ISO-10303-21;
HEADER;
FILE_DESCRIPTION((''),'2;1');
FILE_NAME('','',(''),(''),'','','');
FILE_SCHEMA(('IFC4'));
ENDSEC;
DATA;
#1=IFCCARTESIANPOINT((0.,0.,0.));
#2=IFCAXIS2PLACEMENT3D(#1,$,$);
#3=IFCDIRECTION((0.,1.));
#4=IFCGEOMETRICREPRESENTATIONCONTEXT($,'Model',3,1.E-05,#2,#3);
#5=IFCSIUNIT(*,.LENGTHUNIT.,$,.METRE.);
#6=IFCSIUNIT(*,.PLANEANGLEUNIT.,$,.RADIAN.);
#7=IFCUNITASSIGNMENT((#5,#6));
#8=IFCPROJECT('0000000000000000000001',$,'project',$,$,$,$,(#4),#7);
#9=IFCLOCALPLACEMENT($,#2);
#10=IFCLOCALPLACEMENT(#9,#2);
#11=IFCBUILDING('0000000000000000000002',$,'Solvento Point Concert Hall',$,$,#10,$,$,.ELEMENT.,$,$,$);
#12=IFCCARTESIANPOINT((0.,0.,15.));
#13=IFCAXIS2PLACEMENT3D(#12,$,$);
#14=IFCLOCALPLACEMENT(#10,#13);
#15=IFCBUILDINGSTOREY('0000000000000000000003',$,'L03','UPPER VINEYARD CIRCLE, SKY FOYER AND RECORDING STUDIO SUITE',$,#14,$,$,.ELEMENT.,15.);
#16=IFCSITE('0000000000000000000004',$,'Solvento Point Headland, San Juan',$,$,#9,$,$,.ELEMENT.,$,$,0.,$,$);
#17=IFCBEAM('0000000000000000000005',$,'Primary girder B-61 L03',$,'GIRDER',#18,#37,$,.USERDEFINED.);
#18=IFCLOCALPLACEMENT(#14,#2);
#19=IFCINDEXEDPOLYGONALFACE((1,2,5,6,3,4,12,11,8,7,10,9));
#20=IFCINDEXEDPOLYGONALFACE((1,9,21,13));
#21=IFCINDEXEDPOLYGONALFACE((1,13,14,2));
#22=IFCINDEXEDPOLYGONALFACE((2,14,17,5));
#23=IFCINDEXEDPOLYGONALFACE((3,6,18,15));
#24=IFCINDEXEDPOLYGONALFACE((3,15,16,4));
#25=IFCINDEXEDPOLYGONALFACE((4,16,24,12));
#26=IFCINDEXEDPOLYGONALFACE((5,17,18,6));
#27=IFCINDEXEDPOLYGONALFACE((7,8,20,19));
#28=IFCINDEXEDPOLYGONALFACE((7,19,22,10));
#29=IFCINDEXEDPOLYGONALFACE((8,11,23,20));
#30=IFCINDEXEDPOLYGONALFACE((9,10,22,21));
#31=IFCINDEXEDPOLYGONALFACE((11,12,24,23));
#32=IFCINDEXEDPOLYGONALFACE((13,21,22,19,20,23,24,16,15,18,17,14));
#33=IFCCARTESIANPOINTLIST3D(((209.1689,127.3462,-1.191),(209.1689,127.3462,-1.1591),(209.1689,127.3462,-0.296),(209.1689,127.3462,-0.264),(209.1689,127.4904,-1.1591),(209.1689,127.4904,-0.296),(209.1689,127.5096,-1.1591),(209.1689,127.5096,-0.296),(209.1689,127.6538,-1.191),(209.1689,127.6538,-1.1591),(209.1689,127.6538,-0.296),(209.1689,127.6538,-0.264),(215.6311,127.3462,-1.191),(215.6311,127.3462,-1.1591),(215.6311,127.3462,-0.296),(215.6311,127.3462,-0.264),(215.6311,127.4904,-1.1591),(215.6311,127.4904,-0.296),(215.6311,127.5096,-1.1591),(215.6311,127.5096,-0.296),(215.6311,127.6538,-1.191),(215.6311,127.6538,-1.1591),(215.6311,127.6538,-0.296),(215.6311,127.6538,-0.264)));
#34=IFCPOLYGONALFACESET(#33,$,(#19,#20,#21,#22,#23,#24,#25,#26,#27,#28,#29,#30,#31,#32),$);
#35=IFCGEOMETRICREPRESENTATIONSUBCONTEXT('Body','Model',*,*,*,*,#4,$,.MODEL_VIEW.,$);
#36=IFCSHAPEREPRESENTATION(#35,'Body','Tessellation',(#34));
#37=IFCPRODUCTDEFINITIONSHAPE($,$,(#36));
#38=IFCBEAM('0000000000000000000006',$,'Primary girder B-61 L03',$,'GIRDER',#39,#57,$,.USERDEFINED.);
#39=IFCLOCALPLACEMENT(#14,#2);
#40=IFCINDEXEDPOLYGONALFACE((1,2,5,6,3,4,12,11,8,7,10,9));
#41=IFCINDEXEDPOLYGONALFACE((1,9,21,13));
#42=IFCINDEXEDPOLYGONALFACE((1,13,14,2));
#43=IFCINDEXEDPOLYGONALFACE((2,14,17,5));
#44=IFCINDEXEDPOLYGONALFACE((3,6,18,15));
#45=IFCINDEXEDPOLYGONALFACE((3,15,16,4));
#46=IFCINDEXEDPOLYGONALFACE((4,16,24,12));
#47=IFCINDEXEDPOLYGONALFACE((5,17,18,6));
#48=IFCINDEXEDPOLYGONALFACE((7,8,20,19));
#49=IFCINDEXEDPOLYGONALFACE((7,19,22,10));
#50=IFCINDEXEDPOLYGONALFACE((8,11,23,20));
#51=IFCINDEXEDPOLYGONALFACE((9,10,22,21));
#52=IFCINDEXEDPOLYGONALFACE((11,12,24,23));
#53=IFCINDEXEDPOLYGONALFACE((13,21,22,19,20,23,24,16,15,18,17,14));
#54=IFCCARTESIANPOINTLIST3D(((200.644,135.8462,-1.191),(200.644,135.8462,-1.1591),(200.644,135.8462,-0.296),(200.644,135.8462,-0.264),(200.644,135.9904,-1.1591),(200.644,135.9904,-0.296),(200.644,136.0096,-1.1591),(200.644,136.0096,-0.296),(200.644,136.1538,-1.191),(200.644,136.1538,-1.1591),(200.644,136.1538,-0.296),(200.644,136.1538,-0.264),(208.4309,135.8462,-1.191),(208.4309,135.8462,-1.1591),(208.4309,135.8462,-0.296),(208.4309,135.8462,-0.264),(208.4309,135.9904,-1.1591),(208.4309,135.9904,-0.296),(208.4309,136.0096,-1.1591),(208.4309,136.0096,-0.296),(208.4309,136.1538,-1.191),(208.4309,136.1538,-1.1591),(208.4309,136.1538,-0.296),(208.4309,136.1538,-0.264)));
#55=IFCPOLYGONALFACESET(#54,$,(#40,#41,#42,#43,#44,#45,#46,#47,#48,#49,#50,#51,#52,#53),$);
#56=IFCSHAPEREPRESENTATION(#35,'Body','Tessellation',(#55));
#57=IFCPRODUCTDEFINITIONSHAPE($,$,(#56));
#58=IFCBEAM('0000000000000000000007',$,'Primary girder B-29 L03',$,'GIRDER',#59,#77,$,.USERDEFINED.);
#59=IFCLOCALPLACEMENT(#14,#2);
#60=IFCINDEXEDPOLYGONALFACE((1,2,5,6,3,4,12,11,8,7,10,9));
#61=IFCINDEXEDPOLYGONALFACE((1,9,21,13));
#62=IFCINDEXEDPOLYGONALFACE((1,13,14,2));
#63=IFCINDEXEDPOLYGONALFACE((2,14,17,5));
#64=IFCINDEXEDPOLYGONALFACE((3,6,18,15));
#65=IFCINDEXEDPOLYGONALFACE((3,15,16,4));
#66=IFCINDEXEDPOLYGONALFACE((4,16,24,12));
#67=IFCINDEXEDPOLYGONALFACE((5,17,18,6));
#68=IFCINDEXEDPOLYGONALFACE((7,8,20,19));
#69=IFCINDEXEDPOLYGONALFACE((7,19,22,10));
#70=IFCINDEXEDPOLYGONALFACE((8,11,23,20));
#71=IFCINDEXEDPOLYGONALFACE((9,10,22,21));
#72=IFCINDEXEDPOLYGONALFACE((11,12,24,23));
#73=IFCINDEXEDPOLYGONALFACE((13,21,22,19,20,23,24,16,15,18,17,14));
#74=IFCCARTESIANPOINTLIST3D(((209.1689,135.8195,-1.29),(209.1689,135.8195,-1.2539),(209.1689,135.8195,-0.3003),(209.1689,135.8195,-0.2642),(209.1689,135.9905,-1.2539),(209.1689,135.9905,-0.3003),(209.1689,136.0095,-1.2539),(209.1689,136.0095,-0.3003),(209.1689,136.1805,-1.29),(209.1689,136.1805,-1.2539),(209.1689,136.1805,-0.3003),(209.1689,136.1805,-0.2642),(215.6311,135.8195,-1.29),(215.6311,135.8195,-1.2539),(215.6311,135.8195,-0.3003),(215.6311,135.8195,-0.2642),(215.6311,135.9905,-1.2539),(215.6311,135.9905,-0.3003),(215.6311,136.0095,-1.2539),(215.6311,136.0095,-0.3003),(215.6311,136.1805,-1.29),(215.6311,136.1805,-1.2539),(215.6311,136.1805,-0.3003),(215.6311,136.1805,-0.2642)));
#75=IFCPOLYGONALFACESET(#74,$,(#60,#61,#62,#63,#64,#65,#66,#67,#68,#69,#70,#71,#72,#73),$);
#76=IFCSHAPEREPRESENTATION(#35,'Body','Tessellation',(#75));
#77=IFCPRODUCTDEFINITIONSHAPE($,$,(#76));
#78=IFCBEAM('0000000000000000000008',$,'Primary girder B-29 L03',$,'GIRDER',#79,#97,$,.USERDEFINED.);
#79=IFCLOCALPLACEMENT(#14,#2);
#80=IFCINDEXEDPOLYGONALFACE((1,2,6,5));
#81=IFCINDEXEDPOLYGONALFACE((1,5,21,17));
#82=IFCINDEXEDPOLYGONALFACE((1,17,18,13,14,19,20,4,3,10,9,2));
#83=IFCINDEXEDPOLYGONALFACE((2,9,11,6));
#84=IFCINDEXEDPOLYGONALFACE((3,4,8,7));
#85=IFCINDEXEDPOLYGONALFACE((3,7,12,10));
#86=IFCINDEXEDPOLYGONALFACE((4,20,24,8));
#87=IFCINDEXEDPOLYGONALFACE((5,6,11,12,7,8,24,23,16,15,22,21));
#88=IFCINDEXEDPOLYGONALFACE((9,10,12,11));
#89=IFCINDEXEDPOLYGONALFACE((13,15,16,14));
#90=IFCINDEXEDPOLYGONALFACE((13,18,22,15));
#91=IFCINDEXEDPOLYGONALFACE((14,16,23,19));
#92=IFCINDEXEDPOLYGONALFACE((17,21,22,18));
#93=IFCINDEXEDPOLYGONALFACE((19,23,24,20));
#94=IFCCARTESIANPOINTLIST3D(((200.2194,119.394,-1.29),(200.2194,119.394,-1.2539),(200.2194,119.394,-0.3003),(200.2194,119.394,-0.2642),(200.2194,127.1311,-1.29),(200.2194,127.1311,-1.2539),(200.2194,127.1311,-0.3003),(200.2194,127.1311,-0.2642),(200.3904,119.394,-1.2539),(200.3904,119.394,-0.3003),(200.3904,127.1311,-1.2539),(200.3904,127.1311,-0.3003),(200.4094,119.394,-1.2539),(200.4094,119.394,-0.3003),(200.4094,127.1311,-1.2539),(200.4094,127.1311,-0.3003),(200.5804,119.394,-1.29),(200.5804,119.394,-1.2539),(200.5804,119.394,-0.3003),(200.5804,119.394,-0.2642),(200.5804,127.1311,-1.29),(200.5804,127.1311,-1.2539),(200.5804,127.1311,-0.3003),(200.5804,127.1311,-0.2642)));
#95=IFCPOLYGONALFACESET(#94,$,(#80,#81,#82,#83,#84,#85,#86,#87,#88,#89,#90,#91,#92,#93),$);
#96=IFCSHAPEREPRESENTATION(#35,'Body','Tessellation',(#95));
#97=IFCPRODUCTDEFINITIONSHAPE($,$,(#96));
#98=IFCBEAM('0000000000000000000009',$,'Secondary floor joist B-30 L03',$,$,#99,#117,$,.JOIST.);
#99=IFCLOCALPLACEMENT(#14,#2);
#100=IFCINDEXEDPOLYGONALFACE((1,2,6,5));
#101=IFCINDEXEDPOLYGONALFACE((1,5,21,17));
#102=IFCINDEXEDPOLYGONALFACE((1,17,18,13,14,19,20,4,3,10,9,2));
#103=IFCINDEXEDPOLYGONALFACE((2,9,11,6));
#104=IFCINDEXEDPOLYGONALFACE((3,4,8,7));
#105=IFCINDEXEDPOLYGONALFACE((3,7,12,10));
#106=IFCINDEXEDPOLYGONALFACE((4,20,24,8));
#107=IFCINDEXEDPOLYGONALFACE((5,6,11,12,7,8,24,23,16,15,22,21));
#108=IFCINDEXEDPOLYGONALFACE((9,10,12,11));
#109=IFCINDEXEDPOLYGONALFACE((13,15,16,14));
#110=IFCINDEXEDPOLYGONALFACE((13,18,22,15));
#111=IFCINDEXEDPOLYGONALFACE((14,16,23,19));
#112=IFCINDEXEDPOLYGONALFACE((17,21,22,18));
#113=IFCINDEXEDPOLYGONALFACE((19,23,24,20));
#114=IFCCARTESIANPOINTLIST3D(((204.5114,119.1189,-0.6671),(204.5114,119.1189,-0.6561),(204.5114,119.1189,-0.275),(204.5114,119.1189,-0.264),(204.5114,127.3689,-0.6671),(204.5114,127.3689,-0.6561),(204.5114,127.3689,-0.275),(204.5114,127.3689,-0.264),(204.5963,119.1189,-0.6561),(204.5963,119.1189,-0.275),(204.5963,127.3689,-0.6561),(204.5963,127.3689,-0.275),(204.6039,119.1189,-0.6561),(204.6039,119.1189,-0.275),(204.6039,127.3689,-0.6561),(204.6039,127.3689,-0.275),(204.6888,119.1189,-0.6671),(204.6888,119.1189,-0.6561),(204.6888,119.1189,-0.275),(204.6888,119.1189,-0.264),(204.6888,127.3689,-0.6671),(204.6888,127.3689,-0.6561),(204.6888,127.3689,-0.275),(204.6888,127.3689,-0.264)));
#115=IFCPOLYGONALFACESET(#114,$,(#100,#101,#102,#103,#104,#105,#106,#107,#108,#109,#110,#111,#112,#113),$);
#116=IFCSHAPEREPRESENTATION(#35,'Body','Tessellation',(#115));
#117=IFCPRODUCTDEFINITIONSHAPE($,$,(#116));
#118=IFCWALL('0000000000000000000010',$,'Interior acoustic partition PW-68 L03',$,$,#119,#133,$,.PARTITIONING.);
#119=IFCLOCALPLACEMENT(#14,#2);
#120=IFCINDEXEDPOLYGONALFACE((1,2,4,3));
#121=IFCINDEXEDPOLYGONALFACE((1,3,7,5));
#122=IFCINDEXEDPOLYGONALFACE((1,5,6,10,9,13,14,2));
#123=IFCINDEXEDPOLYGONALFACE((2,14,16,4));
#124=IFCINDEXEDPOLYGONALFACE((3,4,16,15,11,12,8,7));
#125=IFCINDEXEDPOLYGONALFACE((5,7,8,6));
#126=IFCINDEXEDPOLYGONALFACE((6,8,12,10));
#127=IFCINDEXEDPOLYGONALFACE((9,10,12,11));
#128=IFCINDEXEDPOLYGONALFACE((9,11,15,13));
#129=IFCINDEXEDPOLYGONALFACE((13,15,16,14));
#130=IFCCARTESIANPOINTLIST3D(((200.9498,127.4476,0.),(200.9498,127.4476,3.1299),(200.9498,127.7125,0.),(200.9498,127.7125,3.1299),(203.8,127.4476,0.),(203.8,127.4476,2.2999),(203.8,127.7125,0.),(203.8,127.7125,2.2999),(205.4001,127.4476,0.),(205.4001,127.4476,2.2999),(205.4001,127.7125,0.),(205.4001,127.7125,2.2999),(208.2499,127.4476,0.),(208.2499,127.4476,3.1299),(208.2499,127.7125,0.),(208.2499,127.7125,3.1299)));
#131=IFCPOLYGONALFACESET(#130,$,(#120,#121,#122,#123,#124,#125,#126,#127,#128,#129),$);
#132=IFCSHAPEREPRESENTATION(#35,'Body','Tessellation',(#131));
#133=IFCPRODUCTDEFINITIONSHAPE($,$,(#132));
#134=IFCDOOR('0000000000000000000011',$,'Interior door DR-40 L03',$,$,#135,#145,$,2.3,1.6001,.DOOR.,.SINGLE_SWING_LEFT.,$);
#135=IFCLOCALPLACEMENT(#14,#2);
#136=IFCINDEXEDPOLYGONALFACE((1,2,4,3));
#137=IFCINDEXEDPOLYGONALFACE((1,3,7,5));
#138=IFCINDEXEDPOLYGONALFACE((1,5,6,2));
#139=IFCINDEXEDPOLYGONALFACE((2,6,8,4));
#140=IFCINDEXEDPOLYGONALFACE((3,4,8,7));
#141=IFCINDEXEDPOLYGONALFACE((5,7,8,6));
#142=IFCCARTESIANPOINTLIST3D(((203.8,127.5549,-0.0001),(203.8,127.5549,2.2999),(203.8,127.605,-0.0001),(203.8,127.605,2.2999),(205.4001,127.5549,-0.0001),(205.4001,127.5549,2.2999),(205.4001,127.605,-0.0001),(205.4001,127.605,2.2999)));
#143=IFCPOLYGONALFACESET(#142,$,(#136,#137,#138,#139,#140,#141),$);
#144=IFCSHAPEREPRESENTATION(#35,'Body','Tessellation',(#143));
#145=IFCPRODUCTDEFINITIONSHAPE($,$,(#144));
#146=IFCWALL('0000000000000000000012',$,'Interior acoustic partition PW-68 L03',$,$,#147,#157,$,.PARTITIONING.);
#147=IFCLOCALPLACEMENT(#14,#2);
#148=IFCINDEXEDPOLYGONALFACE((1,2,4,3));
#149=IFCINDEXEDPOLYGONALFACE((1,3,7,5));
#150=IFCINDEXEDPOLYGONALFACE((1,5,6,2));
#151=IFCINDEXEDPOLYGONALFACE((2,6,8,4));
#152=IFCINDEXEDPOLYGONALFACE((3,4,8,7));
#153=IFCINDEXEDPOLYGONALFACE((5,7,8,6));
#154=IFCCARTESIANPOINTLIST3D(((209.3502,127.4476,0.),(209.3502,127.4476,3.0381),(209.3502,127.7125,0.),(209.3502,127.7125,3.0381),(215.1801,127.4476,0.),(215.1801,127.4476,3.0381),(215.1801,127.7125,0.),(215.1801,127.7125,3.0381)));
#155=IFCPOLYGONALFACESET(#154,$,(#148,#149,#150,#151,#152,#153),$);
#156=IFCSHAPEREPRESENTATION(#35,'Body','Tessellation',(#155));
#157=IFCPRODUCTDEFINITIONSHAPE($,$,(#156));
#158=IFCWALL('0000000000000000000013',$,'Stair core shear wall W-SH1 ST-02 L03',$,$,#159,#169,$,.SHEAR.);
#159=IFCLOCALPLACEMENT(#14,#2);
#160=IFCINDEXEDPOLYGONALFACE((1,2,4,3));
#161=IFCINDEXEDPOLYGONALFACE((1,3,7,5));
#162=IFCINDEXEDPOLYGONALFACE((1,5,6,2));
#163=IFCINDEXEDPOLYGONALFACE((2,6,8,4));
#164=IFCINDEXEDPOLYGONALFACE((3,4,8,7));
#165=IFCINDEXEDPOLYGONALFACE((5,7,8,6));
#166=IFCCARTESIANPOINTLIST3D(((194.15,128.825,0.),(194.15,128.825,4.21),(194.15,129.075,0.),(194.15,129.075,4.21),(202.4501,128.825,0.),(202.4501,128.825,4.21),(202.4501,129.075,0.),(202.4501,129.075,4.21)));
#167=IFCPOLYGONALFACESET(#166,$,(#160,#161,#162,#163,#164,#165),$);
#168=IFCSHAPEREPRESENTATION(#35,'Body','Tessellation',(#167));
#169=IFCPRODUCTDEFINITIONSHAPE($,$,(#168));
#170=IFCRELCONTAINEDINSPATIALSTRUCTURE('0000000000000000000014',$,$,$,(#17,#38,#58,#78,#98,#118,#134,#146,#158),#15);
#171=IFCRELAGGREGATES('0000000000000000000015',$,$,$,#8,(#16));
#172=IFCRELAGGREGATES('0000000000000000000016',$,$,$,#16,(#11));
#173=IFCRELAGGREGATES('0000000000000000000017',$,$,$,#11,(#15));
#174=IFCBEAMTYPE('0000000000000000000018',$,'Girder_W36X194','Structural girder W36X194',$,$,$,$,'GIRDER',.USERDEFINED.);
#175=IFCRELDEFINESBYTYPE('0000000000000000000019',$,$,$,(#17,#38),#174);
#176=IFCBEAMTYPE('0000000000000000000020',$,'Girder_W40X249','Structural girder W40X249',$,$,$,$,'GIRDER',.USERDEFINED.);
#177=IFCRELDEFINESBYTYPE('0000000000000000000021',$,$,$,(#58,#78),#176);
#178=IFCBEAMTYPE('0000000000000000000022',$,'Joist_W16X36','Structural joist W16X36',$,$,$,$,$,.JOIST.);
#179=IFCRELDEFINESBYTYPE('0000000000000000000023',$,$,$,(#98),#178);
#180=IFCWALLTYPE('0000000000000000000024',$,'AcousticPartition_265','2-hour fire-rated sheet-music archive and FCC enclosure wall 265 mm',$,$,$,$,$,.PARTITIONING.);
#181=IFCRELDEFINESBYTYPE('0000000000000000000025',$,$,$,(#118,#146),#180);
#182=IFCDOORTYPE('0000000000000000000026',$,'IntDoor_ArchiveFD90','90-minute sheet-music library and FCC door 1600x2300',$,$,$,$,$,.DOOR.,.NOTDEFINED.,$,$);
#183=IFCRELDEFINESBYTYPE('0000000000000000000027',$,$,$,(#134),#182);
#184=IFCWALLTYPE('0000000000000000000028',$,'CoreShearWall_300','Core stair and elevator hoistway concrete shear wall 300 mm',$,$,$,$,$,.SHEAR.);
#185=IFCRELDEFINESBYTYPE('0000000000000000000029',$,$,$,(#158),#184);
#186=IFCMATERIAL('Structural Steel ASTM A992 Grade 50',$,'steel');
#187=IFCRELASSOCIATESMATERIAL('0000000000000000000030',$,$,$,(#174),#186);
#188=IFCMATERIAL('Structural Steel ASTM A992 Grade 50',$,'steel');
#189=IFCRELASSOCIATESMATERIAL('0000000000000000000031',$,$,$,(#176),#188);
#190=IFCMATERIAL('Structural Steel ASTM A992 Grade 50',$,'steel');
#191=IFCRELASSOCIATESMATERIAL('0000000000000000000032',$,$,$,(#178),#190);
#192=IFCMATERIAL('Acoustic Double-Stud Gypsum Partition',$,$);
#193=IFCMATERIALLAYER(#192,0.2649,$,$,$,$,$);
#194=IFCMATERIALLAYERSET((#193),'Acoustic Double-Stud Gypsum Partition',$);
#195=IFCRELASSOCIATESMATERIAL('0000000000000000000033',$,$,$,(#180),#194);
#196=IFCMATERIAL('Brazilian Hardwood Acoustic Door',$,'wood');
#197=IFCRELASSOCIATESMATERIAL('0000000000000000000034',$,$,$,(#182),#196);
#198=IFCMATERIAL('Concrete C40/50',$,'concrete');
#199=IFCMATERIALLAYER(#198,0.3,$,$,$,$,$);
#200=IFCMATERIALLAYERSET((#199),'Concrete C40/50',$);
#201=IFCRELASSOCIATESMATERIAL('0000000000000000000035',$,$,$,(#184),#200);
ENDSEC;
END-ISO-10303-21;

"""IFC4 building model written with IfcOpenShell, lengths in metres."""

from ifc_helpers import new_model, si_unit, direction, frame, frame_2d, origin, origin_2d, place, context, subcontext, project, spatial, rectangle, i_section, extrude, material, layer, layer_set, material_profile, profile_set, type_object, element, fill, save


model = new_model("IFC4")

# Units and contexts
model_context = context("Model", 3, precision=1e-05, world=origin(), true_north=direction((0.0, 1.0)))
body_context = subcontext(model_context, "Body", "Model", "MODEL_VIEW")
ifc_project = project(units=[si_unit("LENGTHUNIT", "METRE"), si_unit("PLANEANGLEUNIT", "RADIAN")], contexts=[model_context])

# Site, building, storey
site_placement = place(None, origin())
site = spatial("IfcSite", under=ifc_project, at=site_placement, Name="Solvento Point Headland, San Juan", CompositionType="ELEMENT", RefElevation=0.0)
building_placement = place(site_placement, origin())
building = spatial("IfcBuilding", under=site, at=building_placement, Name="Solvento Point Concert Hall", CompositionType="ELEMENT")
storey_placement = place(building_placement, frame((0.0, 0.0, 15.0)))
storey = spatial("IfcBuildingStorey", under=building, at=storey_placement, Name="L03", Description="UPPER VINEYARD CIRCLE, SKY FOYER AND RECORDING STUDIO SUITE", CompositionType="ELEMENT", Elevation=15.0)

# Beams
ifc_material_1 = material(Name="Structural Steel ASTM A992 Grade 50", Category="steel")
ifc_material_profile_1 = material_profile(ifc_material_1, i_section(OverallWidth=0.3076, OverallDepth=0.927, WebThickness=0.0193, FlangeThickness=0.032, at=origin_2d()), Name="W36X194")
ifc_profile_set_1 = profile_set([ifc_material_profile_1], Name="Structural Steel ASTM A992 Grade 50")
beam_type_1 = type_object("IfcBeamType", Name="Girder_W36X194", Description="Structural girder W36X194", ElementType="GIRDER", PredefinedType="USERDEFINED", material=ifc_profile_set_1)
beam_1_placement = place(storey_placement, frame((209.1689, 127.5, -0.7275), z_axis=(1.0, 0.0, 0.0), x_axis=(0.0, 1.0, 0.0)))
element("IfcBeam", 1, at=beam_1_placement, inside=storey, type_object=beam_type_1, Name="Primary girder B-61 L03", ObjectType="GIRDER", PredefinedType="USERDEFINED", context=body_context, shape_type="SweptSolid", body=[
    extrude(i_section(OverallWidth=0.3076, OverallDepth=0.927, WebThickness=0.0193, FlangeThickness=0.032, at=origin_2d()), origin(), (0.0, 0.0, 1.0), 6.4622),
])
beam_2_placement = place(storey_placement, frame((200.644, 136.0, -0.7275), z_axis=(1.0, 0.0, 0.0), x_axis=(0.0, 1.0, 0.0)))
element("IfcBeam", 2, at=beam_2_placement, inside=storey, type_object=beam_type_1, Name="Primary girder B-61 L03", ObjectType="GIRDER", PredefinedType="USERDEFINED", context=body_context, shape_type="SweptSolid", body=[
    extrude(i_section(OverallWidth=0.3076, OverallDepth=0.927, WebThickness=0.0193, FlangeThickness=0.032, at=origin_2d()), origin(), (0.0, 0.0, 1.0), 7.7869),
])
ifc_material_2 = material(Name="Structural Steel ASTM A992 Grade 50", Category="steel")
ifc_material_profile_2 = material_profile(ifc_material_2, i_section(OverallWidth=0.3611, OverallDepth=1.0259, WebThickness=0.019, FlangeThickness=0.0361, at=origin_2d()), Name="W40X249")
ifc_profile_set_2 = profile_set([ifc_material_profile_2], Name="Structural Steel ASTM A992 Grade 50")
beam_type_2 = type_object("IfcBeamType", Name="Girder_W40X249", Description="Structural girder W40X249", ElementType="GIRDER", PredefinedType="USERDEFINED", material=ifc_profile_set_2)
beam_3_placement = place(storey_placement, frame((209.1689, 136.0, -0.7771), z_axis=(1.0, 0.0, 0.0), x_axis=(0.0, 1.0, 0.0)))
element("IfcBeam", 3, at=beam_3_placement, inside=storey, type_object=beam_type_2, Name="Primary girder B-29 L03", ObjectType="GIRDER", PredefinedType="USERDEFINED", context=body_context, shape_type="SweptSolid", body=[
    extrude(i_section(OverallWidth=0.3611, OverallDepth=1.0259, WebThickness=0.019, FlangeThickness=0.0361, at=origin_2d()), origin(), (0.0, 0.0, 1.0), 6.4622),
])
beam_4_placement = place(storey_placement, frame((200.3999, 119.394, -0.7771), z_axis=(0.0, 1.0, 0.0), x_axis=(-1.0, 0.0, 0.0)))
element("IfcBeam", 4, at=beam_4_placement, inside=storey, type_object=beam_type_2, Name="Primary girder B-29 L03", ObjectType="GIRDER", PredefinedType="USERDEFINED", context=body_context, shape_type="SweptSolid", body=[
    extrude(i_section(OverallWidth=0.3611, OverallDepth=1.0259, WebThickness=0.019, FlangeThickness=0.0361, at=origin_2d()), origin(), (0.0, 0.0, 1.0), 7.7371),
])
ifc_material_3 = material(Name="Structural Steel ASTM A992 Grade 50", Category="steel")
ifc_material_profile_3 = material_profile(ifc_material_3, i_section(OverallWidth=0.1775, OverallDepth=0.4031, WebThickness=0.0076, FlangeThickness=0.011, at=origin_2d()), Name="W16X36")
ifc_profile_set_3 = profile_set([ifc_material_profile_3], Name="Structural Steel ASTM A992 Grade 50")
beam_type_3 = type_object("IfcBeamType", Name="Joist_W16X36", Description="Structural joist W16X36", PredefinedType="JOIST", material=ifc_profile_set_3)
beam_5_placement = place(storey_placement, frame((204.6001, 119.1189, -0.4656), z_axis=(0.0, 1.0, 0.0), x_axis=(-1.0, 0.0, 0.0)))
element("IfcBeam", 5, at=beam_5_placement, inside=storey, type_object=beam_type_3, Name="Secondary floor joist B-30 L03", PredefinedType="JOIST", context=body_context, shape_type="SweptSolid", body=[
    extrude(i_section(OverallWidth=0.1775, OverallDepth=0.4031, WebThickness=0.0076, FlangeThickness=0.011, at=origin_2d()), origin(), (0.0, 0.0, 1.0), 8.25),
])

# Shared definitions
ifc_material_4 = material(Name="Acoustic Double-Stud Gypsum Partition")
ifc_layer_1 = layer(ifc_material_4, 0.2649)
ifc_layer_set_1 = layer_set([ifc_layer_1], Name="Acoustic Double-Stud Gypsum Partition")
wall_type_1 = type_object("IfcWallType", Name="AcousticPartition_265", Description="2-hour fire-rated sheet-music archive and FCC enclosure wall 265 mm", PredefinedType="PARTITIONING", material=ifc_layer_set_1)

# Wall, opening, door
wall_1_placement = place(storey_placement, frame((200.95, 127.5801, 0.0), z_axis=(0.0, 0.0, 1.0), x_axis=(1.0, 0.0, 0.0)))
wall_1 = element("IfcWall", 6, at=wall_1_placement, inside=storey, type_object=wall_type_1, Name="Interior acoustic partition PW-68 L03", PredefinedType="PARTITIONING", context=body_context, shape_type="SweptSolid", body=[
    extrude(rectangle(XDim=7.3, YDim=0.2649, at=frame_2d((3.6499, 0.0))), origin(), (0.0, 0.0, 1.0), 3.1299),
])
opening_1_placement = place(wall_1_placement, frame((2.8501, 0.0, 0.0)))
opening_1 = element("IfcOpeningElement", 7, at=opening_1_placement, cuts=wall_1, PredefinedType="OPENING", context=body_context, shape_type="SweptSolid", body=[
    extrude(rectangle(XDim=1.6001, YDim=2.3, at=frame_2d((0.8, 1.1499))), frame((0.0, 0.1423, 0.0), z_axis=(0.0, -1.0, 0.0), x_axis=(1.0, 0.0, 0.0)), (0.0, 0.0, 1.0), 0.2849),
])
ifc_material_5 = material(Name="Brazilian Hardwood Acoustic Door", Category="wood")
door_type = type_object("IfcDoorType", Name="IntDoor_ArchiveFD90", Description="90-minute sheet-music library and FCC door 1600x2300", OperationType="NOTDEFINED", PredefinedType="DOOR", material=ifc_material_5)
door_placement = place(opening_1_placement, origin())
door = element("IfcDoor", 8, at=door_placement, inside=storey, type_object=door_type, Name="Interior door DR-40 L03", OperationType="SINGLE_SWING_LEFT", OverallHeight=2.3, OverallWidth=1.6001, PredefinedType="DOOR", context=body_context, shape_type="SweptSolid", body=[
    extrude(rectangle(XDim=1.6001, YDim=2.3, at=frame_2d((0.8, 1.1499))), frame((0.0, 0.0249, 0.0), z_axis=(0.0, -1.0, 0.0), x_axis=(1.0, 0.0, 0.0)), (0.0, 0.0, 1.0), 0.05),
])
fill(opening_1, door)

# Walls
wall_2_placement = place(storey_placement, frame((209.3501, 127.5801, 0.0), z_axis=(0.0, 0.0, 1.0), x_axis=(1.0, 0.0, 0.0)))
element("IfcWall", 9, at=wall_2_placement, inside=storey, type_object=wall_type_1, Name="Interior acoustic partition PW-68 L03", PredefinedType="PARTITIONING", context=body_context, shape_type="SweptSolid", body=[
    extrude(rectangle(XDim=5.8298, YDim=0.2649, at=frame_2d((2.915, 0.0))), origin(), (0.0, 0.0, 1.0), 3.0381),
])
ifc_material_6 = material(Name="Concrete C40/50", Category="concrete")
ifc_layer_2 = layer(ifc_material_6, 0.3)
ifc_layer_set_2 = layer_set([ifc_layer_2], Name="Concrete C40/50")
wall_type_2 = type_object("IfcWallType", Name="CoreShearWall_300", Description="Core stair and elevator hoistway concrete shear wall 300 mm", PredefinedType="SHEAR", material=ifc_layer_set_2)
wall_3_placement = place(storey_placement, frame((202.45, 128.95, 0.0), z_axis=(0.0, 0.0, 1.0), x_axis=(-1.0, 0.0, 0.0)))
element("IfcWall", 10, at=wall_3_placement, inside=storey, type_object=wall_type_2, Name="Stair core shear wall W-SH1 ST-02 L03", PredefinedType="SHEAR", context=body_context, shape_type="SweptSolid", body=[
    extrude(rectangle(XDim=8.3, YDim=0.25, at=frame_2d((4.1499, 0.0))), origin(), (0.0, 0.0, 1.0), 4.21),
])

save(model, "model.ifc")
